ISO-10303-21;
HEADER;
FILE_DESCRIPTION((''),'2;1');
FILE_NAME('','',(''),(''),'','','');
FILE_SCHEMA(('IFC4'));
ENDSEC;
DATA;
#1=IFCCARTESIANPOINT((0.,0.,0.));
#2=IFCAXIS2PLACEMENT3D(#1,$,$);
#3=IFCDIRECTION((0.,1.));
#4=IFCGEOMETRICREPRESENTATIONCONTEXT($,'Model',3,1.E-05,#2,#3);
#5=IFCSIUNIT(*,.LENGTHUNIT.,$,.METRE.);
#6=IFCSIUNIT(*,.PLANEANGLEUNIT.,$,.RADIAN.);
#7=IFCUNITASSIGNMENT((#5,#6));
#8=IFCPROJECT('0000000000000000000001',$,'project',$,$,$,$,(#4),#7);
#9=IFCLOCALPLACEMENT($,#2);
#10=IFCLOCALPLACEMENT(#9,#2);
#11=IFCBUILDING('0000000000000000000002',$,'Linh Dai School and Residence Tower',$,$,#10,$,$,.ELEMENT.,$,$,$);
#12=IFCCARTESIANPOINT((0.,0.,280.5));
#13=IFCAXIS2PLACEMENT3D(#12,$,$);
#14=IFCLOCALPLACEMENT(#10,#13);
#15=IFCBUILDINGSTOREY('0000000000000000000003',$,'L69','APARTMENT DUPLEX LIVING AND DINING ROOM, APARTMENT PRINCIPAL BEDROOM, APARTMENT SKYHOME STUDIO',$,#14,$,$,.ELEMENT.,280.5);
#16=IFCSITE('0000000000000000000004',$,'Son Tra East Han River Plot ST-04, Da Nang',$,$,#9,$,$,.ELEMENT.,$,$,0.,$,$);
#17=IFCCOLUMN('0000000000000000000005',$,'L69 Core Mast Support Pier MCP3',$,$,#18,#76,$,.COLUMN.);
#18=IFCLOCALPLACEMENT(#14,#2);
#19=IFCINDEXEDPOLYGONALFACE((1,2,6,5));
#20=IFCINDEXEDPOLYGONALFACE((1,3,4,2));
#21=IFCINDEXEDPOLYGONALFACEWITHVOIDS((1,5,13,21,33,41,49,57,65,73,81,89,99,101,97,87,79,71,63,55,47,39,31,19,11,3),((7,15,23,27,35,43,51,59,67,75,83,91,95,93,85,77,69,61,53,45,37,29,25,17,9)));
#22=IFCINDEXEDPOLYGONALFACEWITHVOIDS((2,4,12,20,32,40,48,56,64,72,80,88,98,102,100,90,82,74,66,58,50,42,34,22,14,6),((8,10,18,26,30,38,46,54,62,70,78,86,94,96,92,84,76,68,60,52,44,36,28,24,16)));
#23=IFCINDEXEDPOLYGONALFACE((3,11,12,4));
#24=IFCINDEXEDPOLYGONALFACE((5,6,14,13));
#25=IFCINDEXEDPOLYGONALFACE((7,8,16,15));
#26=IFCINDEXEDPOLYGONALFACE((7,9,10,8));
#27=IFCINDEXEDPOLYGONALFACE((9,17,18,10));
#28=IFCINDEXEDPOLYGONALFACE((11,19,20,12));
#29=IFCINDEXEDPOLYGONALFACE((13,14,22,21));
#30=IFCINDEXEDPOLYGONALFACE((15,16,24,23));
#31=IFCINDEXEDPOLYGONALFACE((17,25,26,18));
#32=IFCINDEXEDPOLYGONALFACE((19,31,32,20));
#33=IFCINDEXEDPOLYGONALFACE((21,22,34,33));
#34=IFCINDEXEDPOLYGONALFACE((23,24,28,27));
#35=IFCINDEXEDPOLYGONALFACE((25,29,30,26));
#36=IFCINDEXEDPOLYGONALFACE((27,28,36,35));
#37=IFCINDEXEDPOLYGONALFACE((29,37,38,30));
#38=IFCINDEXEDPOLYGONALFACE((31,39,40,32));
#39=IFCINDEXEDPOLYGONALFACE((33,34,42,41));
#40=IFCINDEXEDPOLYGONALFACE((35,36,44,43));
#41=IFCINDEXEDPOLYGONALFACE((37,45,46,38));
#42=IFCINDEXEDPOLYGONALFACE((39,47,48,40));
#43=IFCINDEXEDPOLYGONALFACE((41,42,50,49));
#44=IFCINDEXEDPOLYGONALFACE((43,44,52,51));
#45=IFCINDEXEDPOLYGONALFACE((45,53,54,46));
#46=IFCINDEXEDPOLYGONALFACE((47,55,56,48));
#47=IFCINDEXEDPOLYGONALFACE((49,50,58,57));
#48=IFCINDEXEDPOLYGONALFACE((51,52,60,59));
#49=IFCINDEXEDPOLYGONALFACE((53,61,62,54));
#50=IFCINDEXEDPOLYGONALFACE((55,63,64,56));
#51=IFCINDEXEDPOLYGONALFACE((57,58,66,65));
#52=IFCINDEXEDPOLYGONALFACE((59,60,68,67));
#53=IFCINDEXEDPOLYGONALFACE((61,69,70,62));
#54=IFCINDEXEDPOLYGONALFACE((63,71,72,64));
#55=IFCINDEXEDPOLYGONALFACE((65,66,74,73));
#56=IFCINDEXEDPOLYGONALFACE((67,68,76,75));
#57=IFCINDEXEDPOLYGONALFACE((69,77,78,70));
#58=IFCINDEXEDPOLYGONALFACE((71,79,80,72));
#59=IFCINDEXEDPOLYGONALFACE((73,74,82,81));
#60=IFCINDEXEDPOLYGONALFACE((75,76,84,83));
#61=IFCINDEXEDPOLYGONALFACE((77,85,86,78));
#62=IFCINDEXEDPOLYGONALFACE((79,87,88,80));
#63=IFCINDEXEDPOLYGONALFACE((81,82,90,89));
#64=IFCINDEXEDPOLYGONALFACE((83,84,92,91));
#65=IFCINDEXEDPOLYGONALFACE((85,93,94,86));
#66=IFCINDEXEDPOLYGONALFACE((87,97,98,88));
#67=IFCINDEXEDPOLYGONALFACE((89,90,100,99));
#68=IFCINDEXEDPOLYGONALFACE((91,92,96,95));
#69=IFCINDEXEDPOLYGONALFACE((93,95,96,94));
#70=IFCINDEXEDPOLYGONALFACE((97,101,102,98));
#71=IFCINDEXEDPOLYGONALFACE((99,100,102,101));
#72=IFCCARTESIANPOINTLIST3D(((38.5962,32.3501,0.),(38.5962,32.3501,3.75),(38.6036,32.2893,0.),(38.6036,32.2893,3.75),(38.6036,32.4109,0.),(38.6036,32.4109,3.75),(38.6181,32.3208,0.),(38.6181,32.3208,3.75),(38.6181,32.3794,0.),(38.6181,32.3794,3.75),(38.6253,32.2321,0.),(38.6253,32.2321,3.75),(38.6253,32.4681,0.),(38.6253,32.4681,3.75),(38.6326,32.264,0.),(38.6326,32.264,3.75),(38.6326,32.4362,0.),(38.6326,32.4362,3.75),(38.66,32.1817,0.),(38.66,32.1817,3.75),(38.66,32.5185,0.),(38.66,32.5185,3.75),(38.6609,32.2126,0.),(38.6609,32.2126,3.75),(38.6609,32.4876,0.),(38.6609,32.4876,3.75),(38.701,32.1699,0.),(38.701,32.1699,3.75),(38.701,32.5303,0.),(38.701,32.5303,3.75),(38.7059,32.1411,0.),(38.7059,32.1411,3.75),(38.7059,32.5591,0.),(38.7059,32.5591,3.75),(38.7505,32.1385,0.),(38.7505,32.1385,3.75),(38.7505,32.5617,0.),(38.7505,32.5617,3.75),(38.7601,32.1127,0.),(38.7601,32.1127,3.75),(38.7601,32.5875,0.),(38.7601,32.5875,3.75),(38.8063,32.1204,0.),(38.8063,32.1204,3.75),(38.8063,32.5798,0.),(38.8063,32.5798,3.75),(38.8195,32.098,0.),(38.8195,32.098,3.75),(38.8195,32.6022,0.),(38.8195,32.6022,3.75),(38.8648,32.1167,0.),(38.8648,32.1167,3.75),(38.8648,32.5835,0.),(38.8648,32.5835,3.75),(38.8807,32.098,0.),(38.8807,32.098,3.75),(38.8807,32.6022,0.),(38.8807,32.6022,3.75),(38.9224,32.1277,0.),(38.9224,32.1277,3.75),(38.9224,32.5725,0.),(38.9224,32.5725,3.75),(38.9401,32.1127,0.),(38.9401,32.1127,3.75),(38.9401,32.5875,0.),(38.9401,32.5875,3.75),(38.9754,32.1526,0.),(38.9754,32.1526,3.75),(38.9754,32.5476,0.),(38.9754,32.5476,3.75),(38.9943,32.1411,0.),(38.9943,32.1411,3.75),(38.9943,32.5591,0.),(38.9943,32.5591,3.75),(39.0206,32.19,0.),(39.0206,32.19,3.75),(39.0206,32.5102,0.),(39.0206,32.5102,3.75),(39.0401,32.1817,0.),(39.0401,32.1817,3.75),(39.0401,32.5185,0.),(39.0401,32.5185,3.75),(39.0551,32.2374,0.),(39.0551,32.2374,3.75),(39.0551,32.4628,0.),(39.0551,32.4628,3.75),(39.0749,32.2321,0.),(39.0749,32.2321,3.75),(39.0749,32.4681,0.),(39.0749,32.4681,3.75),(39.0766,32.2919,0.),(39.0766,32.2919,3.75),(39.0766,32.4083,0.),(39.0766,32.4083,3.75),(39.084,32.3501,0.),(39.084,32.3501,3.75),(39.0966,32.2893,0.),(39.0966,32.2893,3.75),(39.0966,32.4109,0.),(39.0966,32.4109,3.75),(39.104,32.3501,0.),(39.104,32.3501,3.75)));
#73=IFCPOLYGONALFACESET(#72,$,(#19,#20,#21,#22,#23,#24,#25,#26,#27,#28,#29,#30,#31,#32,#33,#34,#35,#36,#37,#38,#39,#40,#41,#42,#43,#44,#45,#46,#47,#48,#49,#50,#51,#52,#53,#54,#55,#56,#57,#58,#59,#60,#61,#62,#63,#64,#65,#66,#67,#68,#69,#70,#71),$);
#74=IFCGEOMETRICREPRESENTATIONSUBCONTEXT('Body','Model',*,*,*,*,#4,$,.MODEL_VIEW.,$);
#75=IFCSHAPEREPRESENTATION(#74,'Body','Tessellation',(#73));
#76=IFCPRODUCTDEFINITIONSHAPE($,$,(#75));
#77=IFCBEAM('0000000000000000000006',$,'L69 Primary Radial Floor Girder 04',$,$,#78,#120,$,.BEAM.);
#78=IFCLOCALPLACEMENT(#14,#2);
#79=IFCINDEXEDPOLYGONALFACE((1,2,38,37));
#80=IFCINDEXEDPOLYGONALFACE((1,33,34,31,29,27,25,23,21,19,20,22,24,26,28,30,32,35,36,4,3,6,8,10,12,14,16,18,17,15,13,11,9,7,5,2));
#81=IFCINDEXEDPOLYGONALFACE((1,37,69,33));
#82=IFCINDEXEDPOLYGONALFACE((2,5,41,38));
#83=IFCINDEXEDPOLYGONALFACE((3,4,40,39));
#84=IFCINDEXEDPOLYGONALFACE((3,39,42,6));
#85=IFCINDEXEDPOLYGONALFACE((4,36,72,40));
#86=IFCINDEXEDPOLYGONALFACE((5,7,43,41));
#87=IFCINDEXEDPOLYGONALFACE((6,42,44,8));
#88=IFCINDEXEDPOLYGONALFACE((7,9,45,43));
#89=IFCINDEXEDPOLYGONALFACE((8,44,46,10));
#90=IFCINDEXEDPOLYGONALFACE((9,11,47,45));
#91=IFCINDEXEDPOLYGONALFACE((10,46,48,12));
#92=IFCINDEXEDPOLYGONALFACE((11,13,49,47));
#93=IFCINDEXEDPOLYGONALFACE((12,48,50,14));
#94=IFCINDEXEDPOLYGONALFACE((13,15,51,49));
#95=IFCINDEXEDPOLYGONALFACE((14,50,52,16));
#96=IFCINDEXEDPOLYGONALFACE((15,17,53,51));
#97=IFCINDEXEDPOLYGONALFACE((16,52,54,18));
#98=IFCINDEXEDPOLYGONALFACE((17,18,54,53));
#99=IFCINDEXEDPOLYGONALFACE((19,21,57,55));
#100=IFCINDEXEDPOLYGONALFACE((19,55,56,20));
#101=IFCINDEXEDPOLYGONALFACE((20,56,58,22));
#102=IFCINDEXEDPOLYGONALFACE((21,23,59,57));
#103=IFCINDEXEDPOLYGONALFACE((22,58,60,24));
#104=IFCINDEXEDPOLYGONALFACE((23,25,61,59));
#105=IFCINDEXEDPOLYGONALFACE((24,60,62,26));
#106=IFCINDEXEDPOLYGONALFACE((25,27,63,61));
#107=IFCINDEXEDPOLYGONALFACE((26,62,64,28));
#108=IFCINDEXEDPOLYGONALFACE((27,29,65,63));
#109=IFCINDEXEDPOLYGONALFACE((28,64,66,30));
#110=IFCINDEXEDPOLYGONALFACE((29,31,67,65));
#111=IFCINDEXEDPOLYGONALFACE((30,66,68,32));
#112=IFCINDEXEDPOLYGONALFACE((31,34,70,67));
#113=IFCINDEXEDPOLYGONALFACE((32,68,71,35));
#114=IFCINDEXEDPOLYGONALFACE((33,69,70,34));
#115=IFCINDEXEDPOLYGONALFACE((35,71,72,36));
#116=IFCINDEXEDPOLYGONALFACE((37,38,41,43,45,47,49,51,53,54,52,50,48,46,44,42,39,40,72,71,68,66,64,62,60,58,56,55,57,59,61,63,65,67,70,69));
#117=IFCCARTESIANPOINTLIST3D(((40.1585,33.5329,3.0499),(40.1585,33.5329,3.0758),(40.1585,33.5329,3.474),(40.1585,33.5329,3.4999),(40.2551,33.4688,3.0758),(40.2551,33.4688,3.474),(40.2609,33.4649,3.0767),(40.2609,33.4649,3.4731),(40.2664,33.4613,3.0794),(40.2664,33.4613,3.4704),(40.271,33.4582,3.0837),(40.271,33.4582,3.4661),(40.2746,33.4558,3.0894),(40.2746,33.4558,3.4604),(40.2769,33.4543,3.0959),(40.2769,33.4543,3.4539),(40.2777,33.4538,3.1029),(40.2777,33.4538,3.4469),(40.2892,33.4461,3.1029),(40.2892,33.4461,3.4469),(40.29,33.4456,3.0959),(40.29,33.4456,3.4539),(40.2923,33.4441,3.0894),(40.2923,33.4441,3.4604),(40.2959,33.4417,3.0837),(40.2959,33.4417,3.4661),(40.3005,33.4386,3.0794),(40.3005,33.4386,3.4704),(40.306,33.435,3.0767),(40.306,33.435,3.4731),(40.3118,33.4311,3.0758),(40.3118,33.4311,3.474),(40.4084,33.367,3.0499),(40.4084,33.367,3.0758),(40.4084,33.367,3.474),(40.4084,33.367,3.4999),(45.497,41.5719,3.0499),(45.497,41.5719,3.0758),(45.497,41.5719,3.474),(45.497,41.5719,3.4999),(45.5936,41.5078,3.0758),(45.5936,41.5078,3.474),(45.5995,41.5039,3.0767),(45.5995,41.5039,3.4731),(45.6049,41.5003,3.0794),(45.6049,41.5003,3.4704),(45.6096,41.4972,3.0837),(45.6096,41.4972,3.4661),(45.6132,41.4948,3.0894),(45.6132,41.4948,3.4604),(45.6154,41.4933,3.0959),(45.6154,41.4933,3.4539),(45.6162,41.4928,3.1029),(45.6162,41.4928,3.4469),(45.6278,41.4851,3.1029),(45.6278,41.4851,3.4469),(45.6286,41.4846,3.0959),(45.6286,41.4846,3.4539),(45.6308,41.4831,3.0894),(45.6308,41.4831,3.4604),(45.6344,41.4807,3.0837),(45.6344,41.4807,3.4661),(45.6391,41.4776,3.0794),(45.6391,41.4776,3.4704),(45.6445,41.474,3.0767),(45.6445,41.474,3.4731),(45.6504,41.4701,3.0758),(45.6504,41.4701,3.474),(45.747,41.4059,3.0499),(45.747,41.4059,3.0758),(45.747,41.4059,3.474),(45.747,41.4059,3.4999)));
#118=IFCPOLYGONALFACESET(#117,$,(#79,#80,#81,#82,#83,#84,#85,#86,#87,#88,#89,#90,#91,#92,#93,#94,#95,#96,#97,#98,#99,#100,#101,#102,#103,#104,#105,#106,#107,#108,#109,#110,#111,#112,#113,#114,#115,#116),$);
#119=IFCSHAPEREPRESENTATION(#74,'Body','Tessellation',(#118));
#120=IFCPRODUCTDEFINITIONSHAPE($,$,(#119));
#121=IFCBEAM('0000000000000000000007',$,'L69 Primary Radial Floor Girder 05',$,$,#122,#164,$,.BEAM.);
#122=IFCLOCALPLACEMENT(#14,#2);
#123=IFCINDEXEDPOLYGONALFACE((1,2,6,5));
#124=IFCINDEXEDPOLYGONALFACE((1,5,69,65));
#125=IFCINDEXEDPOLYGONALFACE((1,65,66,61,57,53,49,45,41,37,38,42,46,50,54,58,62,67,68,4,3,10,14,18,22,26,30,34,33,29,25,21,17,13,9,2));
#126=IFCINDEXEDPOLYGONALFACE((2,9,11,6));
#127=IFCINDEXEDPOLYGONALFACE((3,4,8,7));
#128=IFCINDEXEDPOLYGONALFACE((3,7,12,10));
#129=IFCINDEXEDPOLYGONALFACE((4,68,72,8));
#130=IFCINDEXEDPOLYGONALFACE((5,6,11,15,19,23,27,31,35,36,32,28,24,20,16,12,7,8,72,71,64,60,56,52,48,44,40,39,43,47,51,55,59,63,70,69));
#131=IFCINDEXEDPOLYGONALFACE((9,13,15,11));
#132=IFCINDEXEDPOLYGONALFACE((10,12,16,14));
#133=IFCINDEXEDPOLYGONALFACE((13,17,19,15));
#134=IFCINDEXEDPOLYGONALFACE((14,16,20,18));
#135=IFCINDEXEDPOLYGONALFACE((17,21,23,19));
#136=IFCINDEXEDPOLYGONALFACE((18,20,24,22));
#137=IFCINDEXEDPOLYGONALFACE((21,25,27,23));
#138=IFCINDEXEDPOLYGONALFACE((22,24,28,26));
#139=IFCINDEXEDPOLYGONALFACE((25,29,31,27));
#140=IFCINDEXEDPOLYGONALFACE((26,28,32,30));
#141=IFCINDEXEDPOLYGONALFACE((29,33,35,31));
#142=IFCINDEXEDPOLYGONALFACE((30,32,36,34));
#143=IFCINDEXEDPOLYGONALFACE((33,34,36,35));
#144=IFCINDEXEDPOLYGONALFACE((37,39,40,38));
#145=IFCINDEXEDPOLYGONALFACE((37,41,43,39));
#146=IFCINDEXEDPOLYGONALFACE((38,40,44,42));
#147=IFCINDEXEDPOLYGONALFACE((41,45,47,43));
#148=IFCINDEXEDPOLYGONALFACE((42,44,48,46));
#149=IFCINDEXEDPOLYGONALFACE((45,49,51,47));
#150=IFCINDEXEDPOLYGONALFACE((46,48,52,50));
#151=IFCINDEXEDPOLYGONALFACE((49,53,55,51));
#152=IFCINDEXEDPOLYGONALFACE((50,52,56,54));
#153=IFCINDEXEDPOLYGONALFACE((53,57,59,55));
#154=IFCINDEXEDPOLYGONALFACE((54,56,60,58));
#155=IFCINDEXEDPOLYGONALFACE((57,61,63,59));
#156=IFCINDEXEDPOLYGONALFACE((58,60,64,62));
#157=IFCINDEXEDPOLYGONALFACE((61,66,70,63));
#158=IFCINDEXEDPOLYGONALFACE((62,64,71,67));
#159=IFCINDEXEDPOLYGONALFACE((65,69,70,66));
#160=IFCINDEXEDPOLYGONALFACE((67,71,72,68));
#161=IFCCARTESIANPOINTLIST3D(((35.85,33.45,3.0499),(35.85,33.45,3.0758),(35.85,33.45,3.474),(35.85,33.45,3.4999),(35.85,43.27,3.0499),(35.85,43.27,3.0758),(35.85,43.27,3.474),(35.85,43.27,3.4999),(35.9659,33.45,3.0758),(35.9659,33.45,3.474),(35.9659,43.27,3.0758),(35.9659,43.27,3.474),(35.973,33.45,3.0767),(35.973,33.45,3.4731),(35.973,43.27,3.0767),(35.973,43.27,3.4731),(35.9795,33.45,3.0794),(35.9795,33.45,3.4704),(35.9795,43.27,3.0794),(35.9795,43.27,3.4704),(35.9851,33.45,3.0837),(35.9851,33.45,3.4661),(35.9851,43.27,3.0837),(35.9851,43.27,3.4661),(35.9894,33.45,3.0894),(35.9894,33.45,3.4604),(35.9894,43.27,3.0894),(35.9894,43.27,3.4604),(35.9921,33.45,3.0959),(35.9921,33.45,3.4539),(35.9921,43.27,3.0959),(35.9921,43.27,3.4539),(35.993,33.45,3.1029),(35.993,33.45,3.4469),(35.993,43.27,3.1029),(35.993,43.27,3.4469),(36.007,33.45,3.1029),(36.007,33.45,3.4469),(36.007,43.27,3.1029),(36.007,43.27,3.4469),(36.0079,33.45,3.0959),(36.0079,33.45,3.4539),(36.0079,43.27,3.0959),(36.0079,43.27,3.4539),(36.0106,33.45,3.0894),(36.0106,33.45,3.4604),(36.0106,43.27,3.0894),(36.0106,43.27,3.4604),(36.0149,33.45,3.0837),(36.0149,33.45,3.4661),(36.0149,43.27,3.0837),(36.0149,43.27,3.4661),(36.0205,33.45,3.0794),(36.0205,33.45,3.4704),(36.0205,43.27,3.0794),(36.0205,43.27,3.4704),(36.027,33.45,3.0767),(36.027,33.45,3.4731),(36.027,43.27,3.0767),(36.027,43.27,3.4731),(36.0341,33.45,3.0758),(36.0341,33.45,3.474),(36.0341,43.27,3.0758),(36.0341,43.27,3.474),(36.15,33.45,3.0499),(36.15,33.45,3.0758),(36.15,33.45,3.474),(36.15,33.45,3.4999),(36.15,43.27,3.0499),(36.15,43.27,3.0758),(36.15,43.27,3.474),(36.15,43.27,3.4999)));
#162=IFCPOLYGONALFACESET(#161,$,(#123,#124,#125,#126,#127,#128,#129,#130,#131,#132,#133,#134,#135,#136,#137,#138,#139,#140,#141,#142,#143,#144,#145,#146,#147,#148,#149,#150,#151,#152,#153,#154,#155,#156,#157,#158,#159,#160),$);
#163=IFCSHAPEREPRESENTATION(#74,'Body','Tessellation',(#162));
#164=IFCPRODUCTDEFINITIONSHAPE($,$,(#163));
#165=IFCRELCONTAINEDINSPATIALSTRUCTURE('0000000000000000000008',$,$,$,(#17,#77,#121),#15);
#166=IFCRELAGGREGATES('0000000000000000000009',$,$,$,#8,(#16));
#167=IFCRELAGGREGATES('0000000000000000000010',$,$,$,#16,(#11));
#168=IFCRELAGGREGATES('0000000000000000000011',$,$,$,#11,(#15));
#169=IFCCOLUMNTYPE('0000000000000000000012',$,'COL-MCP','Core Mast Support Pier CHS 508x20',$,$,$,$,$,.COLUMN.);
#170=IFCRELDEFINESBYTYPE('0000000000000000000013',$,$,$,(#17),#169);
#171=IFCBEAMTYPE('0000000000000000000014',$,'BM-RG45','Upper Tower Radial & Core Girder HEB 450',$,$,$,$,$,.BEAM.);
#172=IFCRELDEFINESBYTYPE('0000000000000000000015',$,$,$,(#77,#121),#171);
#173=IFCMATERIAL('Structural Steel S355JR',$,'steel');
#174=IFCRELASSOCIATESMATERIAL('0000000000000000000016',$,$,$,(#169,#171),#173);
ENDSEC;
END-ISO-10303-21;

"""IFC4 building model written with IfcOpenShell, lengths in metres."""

from ifc_helpers import new_model, si_unit, direction, frame, origin, origin_2d, place, context, subcontext, project, spatial, hollow_circle, i_section, extrude, material, material_profile, profile_set, type_object, element, save


model = new_model("IFC4")

# Units and contexts
model_context = context("Model", 3, precision=1e-05, world=origin(), true_north=direction((0.0, 1.0)))
body_context = subcontext(model_context, "Body", "Model", "MODEL_VIEW")
ifc_project = project(units=[si_unit("LENGTHUNIT", "METRE"), si_unit("PLANEANGLEUNIT", "RADIAN")], contexts=[model_context])

# Site, building, storey
site_placement = place(None, origin())
site = spatial("IfcSite", under=ifc_project, at=site_placement, Name="Son Tra East Han River Plot ST-04, Da Nang", CompositionType="ELEMENT", RefElevation=0.0)
building_placement = place(site_placement, origin())
building = spatial("IfcBuilding", under=site, at=building_placement, Name="Linh Dai School and Residence Tower", CompositionType="ELEMENT")
storey_placement = place(building_placement, frame((0.0, 0.0, 280.5)))
storey = spatial("IfcBuildingStorey", under=building, at=storey_placement, Name="L69", Description="APARTMENT DUPLEX LIVING AND DINING ROOM, APARTMENT PRINCIPAL BEDROOM, APARTMENT SKYHOME STUDIO", CompositionType="ELEMENT", Elevation=280.5)

# Column
ifc_material_1 = material(Name="Structural Steel S355JR", Category="steel")
ifc_material_profile_1 = material_profile(ifc_material_1, hollow_circle(Radius=0.2539, WallThickness=0.02, at=origin_2d()), Name="CHS 508x20")
ifc_profile_set_1 = profile_set([ifc_material_profile_1], Name="Structural Steel S355JR")
column_type_1 = type_object("IfcColumnType", Name="COL-MCP", Description="Core Mast Support Pier CHS 508x20", PredefinedType="COLUMN", material=ifc_profile_set_1)
column_placement = place(storey_placement, frame((38.8501, 32.3501, 0.0), z_axis=(0.0, 0.0, 1.0), x_axis=(1.0, 0.0, 0.0)))
element("IfcColumn", 1, at=column_placement, inside=storey, type_object=column_type_1, Name="L69 Core Mast Support Pier MCP3", PredefinedType="COLUMN", context=body_context, shape_type="SweptSolid", body=[
    extrude(hollow_circle(Radius=0.2539, WallThickness=0.02, at=origin_2d()), origin(), (0.0, 0.0, 1.0), 3.75),
])

# Beams
ifc_material_profile_2 = material_profile(ifc_material_1, i_section(OverallWidth=0.3, OverallDepth=0.45, WebThickness=0.0139, FlangeThickness=0.0259, FilletRadius=0.0271, at=origin_2d()), Name="HEB 450")
ifc_profile_set_2 = profile_set([ifc_material_profile_2], Name="Structural Steel S355JR")
beam_type_1 = type_object("IfcBeamType", Name="BM-RG45", Description="Upper Tower Radial & Core Girder HEB 450", PredefinedType="BEAM", material=ifc_profile_set_2)
beam_1_placement = place(storey_placement, frame((40.2834, 33.45, 3.2749), z_axis=(0.553211, 0.833041, 0.0), x_axis=(-0.833041, 0.553211, 0.0)))
element("IfcBeam", 2, at=beam_1_placement, inside=storey, type_object=beam_type_1, Name="L69 Primary Radial Floor Girder 04", PredefinedType="BEAM", context=body_context, shape_type="SweptSolid", body=[
    extrude(i_section(OverallWidth=0.3, OverallDepth=0.45, WebThickness=0.0139, FlangeThickness=0.0259, FilletRadius=0.0271, at=origin_2d()), origin(), (0.0, 0.0, 1.0), 9.6501),
])
beam_2_placement = place(storey_placement, frame((36.0, 33.45, 3.2749), z_axis=(0.0, 1.0, 0.0), x_axis=(-1.0, 0.0, 0.0)))
element("IfcBeam", 3, at=beam_2_placement, inside=storey, type_object=beam_type_1, Name="L69 Primary Radial Floor Girder 05", PredefinedType="BEAM", context=body_context, shape_type="SweptSolid", body=[
    extrude(i_section(OverallWidth=0.3, OverallDepth=0.45, WebThickness=0.0139, FlangeThickness=0.0259, FilletRadius=0.0271, at=origin_2d()), origin(), (0.0, 0.0, 1.0), 9.8201),
])

save(model, "model.ifc")
